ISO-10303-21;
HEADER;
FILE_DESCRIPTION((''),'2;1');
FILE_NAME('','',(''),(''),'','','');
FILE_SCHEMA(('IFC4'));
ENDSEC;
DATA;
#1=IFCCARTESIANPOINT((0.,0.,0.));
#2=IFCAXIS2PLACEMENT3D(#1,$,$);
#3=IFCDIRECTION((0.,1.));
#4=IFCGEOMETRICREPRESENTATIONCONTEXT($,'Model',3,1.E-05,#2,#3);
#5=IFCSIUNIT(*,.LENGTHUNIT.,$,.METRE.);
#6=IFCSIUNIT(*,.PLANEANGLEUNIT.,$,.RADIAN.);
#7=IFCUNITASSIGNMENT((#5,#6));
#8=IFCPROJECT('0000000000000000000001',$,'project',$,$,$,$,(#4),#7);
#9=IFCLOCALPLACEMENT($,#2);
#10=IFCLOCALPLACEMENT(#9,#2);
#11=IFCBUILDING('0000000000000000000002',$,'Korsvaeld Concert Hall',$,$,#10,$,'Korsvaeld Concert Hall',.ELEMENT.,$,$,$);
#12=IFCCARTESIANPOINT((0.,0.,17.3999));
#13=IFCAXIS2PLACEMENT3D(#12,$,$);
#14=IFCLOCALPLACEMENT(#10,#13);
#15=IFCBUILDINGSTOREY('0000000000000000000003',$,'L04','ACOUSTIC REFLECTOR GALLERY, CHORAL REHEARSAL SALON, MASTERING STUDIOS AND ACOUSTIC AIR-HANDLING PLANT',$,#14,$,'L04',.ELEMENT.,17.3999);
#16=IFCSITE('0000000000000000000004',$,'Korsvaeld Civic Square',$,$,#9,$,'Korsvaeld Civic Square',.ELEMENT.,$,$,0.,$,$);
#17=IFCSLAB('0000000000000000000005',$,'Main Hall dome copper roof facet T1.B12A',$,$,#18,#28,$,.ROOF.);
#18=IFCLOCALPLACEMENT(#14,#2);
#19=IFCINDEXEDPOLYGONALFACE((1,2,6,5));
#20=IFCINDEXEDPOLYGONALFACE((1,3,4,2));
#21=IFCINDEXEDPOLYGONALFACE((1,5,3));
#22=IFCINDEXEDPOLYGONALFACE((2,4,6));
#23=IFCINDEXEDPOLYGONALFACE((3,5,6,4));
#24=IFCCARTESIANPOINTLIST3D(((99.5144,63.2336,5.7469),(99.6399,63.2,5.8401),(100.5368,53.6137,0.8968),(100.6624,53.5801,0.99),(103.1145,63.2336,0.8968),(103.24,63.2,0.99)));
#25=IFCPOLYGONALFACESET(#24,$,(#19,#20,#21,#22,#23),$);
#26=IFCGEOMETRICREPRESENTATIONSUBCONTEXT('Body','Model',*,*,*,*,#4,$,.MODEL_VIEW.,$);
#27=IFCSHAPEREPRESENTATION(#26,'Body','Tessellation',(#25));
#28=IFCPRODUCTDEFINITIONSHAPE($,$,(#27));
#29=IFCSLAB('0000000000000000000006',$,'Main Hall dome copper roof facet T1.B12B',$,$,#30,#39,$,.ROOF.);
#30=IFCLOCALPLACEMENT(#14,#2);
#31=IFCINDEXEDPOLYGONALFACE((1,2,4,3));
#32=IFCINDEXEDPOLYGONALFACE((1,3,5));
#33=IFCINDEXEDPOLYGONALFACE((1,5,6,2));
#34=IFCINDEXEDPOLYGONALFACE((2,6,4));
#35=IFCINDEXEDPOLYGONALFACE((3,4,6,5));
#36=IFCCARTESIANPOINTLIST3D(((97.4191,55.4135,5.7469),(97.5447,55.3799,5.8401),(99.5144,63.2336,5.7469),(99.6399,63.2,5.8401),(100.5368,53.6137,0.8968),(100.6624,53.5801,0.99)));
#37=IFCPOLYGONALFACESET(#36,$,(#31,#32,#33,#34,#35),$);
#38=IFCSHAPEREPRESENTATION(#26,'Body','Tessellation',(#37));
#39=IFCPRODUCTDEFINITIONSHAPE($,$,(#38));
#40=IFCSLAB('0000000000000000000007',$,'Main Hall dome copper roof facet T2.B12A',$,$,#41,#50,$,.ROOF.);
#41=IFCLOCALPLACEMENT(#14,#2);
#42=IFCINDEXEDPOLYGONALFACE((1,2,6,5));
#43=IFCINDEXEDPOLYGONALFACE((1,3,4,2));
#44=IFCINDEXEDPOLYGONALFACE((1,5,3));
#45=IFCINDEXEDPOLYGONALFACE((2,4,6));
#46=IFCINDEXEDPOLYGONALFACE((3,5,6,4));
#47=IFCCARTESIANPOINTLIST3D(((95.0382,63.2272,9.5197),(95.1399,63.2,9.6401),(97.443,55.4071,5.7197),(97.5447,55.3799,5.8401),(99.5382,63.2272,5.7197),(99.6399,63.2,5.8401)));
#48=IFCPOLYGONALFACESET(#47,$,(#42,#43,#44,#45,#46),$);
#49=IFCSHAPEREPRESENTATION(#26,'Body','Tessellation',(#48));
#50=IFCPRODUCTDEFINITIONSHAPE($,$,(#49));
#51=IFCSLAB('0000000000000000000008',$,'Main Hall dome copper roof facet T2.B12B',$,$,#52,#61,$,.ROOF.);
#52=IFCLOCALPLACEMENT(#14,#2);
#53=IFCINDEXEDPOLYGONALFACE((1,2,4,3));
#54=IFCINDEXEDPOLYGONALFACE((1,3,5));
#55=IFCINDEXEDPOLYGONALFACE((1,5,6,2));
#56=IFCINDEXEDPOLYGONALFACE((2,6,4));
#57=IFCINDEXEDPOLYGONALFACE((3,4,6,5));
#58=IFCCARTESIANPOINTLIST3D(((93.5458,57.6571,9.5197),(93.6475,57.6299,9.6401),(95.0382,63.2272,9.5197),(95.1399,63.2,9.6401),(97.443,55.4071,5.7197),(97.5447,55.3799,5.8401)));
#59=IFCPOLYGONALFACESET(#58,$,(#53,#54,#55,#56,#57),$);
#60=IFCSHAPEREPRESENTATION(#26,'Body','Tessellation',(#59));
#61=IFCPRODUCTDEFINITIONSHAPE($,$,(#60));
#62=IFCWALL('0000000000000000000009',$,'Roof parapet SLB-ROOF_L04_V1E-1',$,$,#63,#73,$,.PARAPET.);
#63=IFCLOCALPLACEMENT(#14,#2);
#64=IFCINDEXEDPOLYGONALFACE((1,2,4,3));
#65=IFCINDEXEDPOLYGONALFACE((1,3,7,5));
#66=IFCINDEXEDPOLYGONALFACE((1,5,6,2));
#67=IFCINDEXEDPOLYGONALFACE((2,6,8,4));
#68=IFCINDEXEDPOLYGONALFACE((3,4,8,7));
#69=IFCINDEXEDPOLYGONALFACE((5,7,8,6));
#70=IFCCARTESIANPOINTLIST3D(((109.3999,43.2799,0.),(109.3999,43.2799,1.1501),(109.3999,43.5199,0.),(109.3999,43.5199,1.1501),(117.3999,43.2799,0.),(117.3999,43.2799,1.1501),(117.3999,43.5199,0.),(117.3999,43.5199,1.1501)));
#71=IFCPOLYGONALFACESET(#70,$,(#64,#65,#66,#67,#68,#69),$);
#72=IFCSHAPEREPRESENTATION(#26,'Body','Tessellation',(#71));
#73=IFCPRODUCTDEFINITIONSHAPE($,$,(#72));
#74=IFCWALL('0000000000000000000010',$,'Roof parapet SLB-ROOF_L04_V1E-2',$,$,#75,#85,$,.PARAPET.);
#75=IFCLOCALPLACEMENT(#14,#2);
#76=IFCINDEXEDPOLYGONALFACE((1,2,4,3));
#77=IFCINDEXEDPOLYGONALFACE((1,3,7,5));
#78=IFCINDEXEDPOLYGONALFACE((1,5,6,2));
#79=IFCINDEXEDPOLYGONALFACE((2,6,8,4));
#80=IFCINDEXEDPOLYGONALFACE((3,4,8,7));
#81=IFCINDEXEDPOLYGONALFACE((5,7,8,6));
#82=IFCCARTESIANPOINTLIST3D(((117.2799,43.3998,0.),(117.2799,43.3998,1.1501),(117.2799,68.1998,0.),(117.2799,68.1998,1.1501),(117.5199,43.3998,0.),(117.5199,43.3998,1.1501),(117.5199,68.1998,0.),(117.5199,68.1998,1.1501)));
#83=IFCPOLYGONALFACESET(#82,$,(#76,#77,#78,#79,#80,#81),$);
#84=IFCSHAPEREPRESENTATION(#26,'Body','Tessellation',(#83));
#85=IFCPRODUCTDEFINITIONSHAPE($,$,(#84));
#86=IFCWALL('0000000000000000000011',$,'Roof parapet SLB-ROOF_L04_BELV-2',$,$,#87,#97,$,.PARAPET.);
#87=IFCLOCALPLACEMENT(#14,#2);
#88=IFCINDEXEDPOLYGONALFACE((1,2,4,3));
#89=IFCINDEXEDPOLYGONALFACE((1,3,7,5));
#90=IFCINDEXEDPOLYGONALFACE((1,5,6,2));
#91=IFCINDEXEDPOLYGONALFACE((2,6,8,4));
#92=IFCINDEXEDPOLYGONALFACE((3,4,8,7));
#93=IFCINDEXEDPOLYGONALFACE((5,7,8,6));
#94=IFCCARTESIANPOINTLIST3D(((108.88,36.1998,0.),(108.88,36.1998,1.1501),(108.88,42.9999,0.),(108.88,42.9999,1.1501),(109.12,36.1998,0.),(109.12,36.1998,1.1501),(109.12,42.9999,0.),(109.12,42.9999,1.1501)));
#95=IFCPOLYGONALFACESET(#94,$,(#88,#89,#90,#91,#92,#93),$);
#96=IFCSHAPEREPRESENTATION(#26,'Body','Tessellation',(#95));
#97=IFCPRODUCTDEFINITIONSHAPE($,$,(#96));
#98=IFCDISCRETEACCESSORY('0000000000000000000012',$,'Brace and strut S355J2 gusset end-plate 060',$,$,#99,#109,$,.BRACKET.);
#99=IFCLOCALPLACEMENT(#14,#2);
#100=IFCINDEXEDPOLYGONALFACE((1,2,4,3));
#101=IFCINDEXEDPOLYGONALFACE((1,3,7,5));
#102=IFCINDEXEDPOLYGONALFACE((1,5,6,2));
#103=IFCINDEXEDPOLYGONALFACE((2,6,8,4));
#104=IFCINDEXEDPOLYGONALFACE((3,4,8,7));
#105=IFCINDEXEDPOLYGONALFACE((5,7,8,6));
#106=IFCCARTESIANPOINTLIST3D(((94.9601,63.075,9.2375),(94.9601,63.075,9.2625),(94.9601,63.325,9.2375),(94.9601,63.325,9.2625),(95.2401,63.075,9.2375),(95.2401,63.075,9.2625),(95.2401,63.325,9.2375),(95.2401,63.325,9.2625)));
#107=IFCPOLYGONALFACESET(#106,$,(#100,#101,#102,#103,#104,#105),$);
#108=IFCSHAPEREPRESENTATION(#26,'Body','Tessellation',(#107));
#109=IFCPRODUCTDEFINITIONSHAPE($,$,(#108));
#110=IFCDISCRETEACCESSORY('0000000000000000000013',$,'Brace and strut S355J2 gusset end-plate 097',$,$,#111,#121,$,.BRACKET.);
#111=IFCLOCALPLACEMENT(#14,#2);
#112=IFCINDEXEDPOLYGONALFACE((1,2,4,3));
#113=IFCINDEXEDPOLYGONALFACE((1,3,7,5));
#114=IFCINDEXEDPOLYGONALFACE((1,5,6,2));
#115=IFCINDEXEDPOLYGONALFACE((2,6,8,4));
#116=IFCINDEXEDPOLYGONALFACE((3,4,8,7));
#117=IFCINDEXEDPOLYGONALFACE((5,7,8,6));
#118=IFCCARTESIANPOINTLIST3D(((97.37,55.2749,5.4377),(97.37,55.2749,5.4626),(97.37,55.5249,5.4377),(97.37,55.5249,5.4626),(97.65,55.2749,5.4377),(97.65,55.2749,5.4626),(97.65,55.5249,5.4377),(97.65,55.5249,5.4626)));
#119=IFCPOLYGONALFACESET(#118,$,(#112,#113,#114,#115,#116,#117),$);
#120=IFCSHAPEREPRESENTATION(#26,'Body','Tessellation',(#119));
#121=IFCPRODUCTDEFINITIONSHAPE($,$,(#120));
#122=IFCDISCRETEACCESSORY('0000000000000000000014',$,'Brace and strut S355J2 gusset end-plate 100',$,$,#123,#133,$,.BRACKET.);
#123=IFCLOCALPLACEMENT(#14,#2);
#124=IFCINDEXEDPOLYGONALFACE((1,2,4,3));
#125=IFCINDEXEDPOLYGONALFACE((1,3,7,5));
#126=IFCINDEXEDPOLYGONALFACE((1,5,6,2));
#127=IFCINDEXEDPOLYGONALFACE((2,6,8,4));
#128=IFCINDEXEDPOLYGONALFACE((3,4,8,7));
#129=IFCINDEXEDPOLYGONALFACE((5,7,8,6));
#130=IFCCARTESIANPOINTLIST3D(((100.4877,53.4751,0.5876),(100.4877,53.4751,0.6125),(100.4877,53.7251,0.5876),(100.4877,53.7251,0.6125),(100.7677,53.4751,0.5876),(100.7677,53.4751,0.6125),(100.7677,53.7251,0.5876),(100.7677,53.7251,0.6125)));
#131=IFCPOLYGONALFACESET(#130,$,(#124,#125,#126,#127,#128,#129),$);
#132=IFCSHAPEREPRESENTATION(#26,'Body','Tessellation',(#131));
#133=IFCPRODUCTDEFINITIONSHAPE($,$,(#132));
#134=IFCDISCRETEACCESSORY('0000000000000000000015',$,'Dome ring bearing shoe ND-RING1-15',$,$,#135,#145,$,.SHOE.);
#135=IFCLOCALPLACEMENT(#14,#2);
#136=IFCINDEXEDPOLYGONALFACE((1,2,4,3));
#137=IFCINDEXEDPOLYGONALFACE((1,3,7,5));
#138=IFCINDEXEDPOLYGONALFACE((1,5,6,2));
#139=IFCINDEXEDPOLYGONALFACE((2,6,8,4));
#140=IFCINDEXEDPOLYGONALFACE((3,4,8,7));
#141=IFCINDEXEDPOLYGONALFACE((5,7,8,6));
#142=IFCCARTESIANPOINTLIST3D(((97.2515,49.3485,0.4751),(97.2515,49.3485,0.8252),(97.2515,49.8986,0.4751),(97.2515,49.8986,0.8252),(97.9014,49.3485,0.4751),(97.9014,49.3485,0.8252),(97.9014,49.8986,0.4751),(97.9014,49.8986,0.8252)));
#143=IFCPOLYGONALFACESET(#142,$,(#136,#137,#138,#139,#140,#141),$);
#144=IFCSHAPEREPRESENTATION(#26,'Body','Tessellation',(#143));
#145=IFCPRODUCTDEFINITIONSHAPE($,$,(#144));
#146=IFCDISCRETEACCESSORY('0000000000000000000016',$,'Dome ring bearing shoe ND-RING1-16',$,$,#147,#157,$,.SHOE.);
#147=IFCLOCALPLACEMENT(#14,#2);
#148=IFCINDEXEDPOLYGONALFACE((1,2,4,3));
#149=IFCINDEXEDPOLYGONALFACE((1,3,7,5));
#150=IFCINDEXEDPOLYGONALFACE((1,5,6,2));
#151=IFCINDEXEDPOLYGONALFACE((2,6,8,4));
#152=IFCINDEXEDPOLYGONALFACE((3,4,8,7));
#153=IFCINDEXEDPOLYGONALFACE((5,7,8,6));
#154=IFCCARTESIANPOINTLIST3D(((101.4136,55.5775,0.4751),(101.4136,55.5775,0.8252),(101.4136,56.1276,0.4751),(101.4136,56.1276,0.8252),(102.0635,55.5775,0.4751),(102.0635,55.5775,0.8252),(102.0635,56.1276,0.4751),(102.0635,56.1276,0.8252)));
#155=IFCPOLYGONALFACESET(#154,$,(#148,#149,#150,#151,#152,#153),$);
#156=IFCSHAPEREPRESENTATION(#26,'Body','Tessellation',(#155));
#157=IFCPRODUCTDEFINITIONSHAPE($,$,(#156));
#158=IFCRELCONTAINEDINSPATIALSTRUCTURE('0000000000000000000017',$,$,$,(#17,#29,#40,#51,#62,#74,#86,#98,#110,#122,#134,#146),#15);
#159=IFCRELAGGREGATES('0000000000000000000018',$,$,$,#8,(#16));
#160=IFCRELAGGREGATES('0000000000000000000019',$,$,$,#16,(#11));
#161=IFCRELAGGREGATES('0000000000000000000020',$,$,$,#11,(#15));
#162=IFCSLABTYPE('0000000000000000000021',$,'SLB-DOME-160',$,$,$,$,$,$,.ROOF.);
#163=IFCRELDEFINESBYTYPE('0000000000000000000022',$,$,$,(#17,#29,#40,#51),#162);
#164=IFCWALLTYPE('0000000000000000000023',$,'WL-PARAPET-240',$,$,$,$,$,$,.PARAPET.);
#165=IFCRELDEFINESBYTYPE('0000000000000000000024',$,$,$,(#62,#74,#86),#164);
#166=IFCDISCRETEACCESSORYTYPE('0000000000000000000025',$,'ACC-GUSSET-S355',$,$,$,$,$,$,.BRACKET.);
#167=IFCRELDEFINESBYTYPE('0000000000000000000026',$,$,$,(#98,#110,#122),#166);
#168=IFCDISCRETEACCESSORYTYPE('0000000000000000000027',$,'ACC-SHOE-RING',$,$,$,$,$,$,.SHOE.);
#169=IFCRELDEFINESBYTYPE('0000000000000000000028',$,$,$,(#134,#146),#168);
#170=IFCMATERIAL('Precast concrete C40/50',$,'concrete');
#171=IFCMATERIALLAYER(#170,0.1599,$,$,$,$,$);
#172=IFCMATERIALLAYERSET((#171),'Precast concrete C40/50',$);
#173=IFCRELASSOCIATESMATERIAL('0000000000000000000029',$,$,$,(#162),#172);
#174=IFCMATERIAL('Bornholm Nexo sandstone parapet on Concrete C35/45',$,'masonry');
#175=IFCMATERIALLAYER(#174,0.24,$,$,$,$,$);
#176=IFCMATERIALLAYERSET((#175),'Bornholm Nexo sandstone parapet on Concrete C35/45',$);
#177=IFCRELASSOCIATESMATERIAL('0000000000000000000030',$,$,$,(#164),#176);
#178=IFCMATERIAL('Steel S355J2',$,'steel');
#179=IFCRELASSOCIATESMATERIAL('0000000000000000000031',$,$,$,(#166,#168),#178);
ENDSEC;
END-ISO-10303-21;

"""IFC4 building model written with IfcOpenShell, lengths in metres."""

from ifc_helpers import new_model, si_unit, direction, frame, frame_2d, origin, origin_2d, place, context, subcontext, project, spatial, polyline, rectangle, outline, extrude, material, layer, layer_set, type_object, element, save


model = new_model("IFC4")

# Units and contexts
model_context = context("Model", 3, precision=1e-05, world=origin(), true_north=direction((0.0, 1.0)))
body_context = subcontext(model_context, "Body", "Model", "MODEL_VIEW")
ifc_project = project(units=[si_unit("LENGTHUNIT", "METRE"), si_unit("PLANEANGLEUNIT", "RADIAN")], contexts=[model_context])

# Site, building, storey
site_placement = place(None, origin())
site = spatial("IfcSite", under=ifc_project, at=site_placement, Name="Korsvaeld Civic Square", LongName="Korsvaeld Civic Square", CompositionType="ELEMENT", RefElevation=0.0)
building_placement = place(site_placement, origin())
building = spatial("IfcBuilding", under=site, at=building_placement, Name="Korsvaeld Concert Hall", LongName="Korsvaeld Concert Hall", CompositionType="ELEMENT")
storey_placement = place(building_placement, frame((0.0, 0.0, 17.3999)))
storey = spatial("IfcBuildingStorey", under=building, at=storey_placement, Name="L04", Description="ACOUSTIC REFLECTOR GALLERY, CHORAL REHEARSAL SALON, MASTERING STUDIOS AND ACOUSTIC AIR-HANDLING PLANT", LongName="L04", CompositionType="ELEMENT", Elevation=17.3999)

# Shared definitions
ifc_material_1 = material(Name="Steel S355J2", Category="steel")

# Slabs
ifc_material_2 = material(Name="Precast concrete C40/50", Category="concrete")
ifc_layer_1 = layer(ifc_material_2, 0.1599)
ifc_layer_set_1 = layer_set([ifc_layer_1], Name="Precast concrete C40/50")
slab_type = type_object("IfcSlabType", Name="SLB-DOME-160", PredefinedType="ROOF", material=ifc_layer_set_1)
slab_1_placement = place(storey_placement, frame((100.6624, 53.5801, 0.99), z_axis=(0.785004, -0.210341, 0.582688), x_axis=(0.258819, 0.965926, 0.0)))
element("IfcSlab", 1, at=slab_1_placement, inside=storey, type_object=slab_type, Name="Main Hall dome copper roof facet T1.B12A", PredefinedType="ROOF", context=body_context, shape_type="SweptSolid", body=[
    extrude(outline(polyline([(0.0, 0.0), (9.9592, 0.0), (9.0275, 5.9679), (0.0, 0.0)])), origin(), (0.0, 0.0, -1.0), 0.1599),
])
slab_2_placement = place(storey_placement, frame((100.6624, 53.5801, 0.99), z_axis=(0.785022, -0.210329, 0.582668), x_axis=(-0.094482, 0.888937, 0.448179)))
element("IfcSlab", 2, at=slab_2_placement, inside=storey, type_object=slab_type, Name="Main Hall dome copper roof facet T1.B12B", PredefinedType="ROOF", context=body_context, shape_type="SweptSolid", body=[
    extrude(outline(polyline([(0.0, 0.0), (10.8218, 0.0), (4.0682, 4.4646), (0.0, 0.0)])), origin(), (0.0, 0.0, -1.0), 0.1599),
])
slab_3_placement = place(storey_placement, frame((97.5447, 55.3799, 5.8401), z_axis=(0.635757, -0.170337, 0.75286), x_axis=(0.2588, 0.965931, 0.0)))
element("IfcSlab", 3, at=slab_3_placement, inside=storey, type_object=slab_type, Name="Main Hall dome copper roof facet T2.B12A", PredefinedType="ROOF", context=body_context, shape_type="SweptSolid", body=[
    extrude(outline(polyline([(0.0, 0.0), (8.0959, 0.0), (6.9313, 5.7736), (0.0, 0.0)])), origin(), (0.0, 0.0, -1.0), 0.1599),
])
slab_4_placement = place(storey_placement, frame((97.5447, 55.3799, 5.8401), z_axis=(0.63575, -0.170341, 0.752865), x_axis=(-0.266579, 0.866882, 0.421249)))
element("IfcSlab", 4, at=slab_4_placement, inside=storey, type_object=slab_type, Name="Main Hall dome copper roof facet T2.B12B", PredefinedType="ROOF", context=body_context, shape_type="SweptSolid", body=[
    extrude(outline(polyline([(0.0, 0.0), (9.0209, 0.0), (4.5902, 3.6907), (0.0, 0.0)])), origin(), (0.0, 0.0, -1.0), 0.1599),
])

# Walls
ifc_material_3 = material(Name="Bornholm Nexo sandstone parapet on Concrete C35/45", Category="masonry")
ifc_layer_2 = layer(ifc_material_3, 0.24)
ifc_layer_set_2 = layer_set([ifc_layer_2], Name="Bornholm Nexo sandstone parapet on Concrete C35/45")
wall_type = type_object("IfcWallType", Name="WL-PARAPET-240", PredefinedType="PARAPET", material=ifc_layer_set_2)
wall_1_placement = place(storey_placement, frame((109.3999, 43.3999, 0.0), z_axis=(0.0, 0.0, 1.0), x_axis=(1.0, 0.0, 0.0)))
element("IfcWall", 5, at=wall_1_placement, inside=storey, type_object=wall_type, Name="Roof parapet SLB-ROOF_L04_V1E-1", PredefinedType="PARAPET", context=body_context, shape_type="SweptSolid", body=[
    extrude(rectangle(XDim=8.0, YDim=0.24, at=frame_2d((4.0, 0.0))), origin(), (0.0, 0.0, 1.0), 1.1501),
])
wall_2_placement = place(storey_placement, frame((117.3999, 43.3999, 0.0), z_axis=(0.0, 0.0, 1.0), x_axis=(0.0, 1.0, 0.0)))
element("IfcWall", 6, at=wall_2_placement, inside=storey, type_object=wall_type, Name="Roof parapet SLB-ROOF_L04_V1E-2", PredefinedType="PARAPET", context=body_context, shape_type="SweptSolid", body=[
    extrude(rectangle(XDim=24.8, YDim=0.24, at=frame_2d((12.3999, 0.0))), origin(), (0.0, 0.0, 1.0), 1.1501),
])
wall_3_placement = place(storey_placement, frame((109.0, 36.2, 0.0), z_axis=(0.0, 0.0, 1.0), x_axis=(0.0, 1.0, 0.0)))
element("IfcWall", 7, at=wall_3_placement, inside=storey, type_object=wall_type, Name="Roof parapet SLB-ROOF_L04_BELV-2", PredefinedType="PARAPET", context=body_context, shape_type="SweptSolid", body=[
    extrude(rectangle(XDim=6.8, YDim=0.24, at=frame_2d((3.3999, 0.0))), origin(), (0.0, 0.0, 1.0), 1.1501),
])

# Discrete accessories
discrete_accessory_type_1 = type_object("IfcDiscreteAccessoryType", Name="ACC-GUSSET-S355", PredefinedType="BRACKET", material=ifc_material_1)
for number, where, z_axis, x_axis, name in (
    (8, (95.1001, 63.2, 9.2375), (0.0, 0.0, 1.0), (1.0, 0.0, 0.0), "Brace and strut S355J2 gusset end-plate 060"),
    (9, (97.51, 55.3999, 5.4377), (0.0, 0.0, 1.0), (1.0, 0.0, 0.0), "Brace and strut S355J2 gusset end-plate 097"),
    (10, (100.6277, 53.6001, 0.5876), (0.0, 0.0, 1.0), (1.0, 0.0, 0.0), "Brace and strut S355J2 gusset end-plate 100"),
):
    element("IfcDiscreteAccessory", number, at=place(storey_placement, frame(where, z_axis=z_axis, x_axis=x_axis)), inside=storey, type_object=discrete_accessory_type_1, Name=name, PredefinedType="BRACKET", context=body_context, shape_type="SweptSolid", body=[
        extrude(rectangle(XDim=0.28, YDim=0.25, at=origin_2d()), origin(), (0.0, 0.0, 1.0), 0.0249),
    ])
discrete_accessory_type_2 = type_object("IfcDiscreteAccessoryType", Name="ACC-SHOE-RING", PredefinedType="SHOE", material=ifc_material_1)
for number, where, z_axis, x_axis, name in (
    (11, (97.5764, 49.6235, 0.4751), (0.0, 0.0, 1.0), (1.0, 0.0, 0.0), "Dome ring bearing shoe ND-RING1-15"),
    (12, (101.7385, 55.8525, 0.4751), (0.0, 0.0, 1.0), (1.0, 0.0, 0.0), "Dome ring bearing shoe ND-RING1-16"),
):
    element("IfcDiscreteAccessory", number, at=place(storey_placement, frame(where, z_axis=z_axis, x_axis=x_axis)), inside=storey, type_object=discrete_accessory_type_2, Name=name, PredefinedType="SHOE", context=body_context, shape_type="SweptSolid", body=[
        extrude(rectangle(XDim=0.6499, YDim=0.55, at=origin_2d()), origin(), (0.0, 0.0, 1.0), 0.3501),
    ])

save(model, "model.ifc")
